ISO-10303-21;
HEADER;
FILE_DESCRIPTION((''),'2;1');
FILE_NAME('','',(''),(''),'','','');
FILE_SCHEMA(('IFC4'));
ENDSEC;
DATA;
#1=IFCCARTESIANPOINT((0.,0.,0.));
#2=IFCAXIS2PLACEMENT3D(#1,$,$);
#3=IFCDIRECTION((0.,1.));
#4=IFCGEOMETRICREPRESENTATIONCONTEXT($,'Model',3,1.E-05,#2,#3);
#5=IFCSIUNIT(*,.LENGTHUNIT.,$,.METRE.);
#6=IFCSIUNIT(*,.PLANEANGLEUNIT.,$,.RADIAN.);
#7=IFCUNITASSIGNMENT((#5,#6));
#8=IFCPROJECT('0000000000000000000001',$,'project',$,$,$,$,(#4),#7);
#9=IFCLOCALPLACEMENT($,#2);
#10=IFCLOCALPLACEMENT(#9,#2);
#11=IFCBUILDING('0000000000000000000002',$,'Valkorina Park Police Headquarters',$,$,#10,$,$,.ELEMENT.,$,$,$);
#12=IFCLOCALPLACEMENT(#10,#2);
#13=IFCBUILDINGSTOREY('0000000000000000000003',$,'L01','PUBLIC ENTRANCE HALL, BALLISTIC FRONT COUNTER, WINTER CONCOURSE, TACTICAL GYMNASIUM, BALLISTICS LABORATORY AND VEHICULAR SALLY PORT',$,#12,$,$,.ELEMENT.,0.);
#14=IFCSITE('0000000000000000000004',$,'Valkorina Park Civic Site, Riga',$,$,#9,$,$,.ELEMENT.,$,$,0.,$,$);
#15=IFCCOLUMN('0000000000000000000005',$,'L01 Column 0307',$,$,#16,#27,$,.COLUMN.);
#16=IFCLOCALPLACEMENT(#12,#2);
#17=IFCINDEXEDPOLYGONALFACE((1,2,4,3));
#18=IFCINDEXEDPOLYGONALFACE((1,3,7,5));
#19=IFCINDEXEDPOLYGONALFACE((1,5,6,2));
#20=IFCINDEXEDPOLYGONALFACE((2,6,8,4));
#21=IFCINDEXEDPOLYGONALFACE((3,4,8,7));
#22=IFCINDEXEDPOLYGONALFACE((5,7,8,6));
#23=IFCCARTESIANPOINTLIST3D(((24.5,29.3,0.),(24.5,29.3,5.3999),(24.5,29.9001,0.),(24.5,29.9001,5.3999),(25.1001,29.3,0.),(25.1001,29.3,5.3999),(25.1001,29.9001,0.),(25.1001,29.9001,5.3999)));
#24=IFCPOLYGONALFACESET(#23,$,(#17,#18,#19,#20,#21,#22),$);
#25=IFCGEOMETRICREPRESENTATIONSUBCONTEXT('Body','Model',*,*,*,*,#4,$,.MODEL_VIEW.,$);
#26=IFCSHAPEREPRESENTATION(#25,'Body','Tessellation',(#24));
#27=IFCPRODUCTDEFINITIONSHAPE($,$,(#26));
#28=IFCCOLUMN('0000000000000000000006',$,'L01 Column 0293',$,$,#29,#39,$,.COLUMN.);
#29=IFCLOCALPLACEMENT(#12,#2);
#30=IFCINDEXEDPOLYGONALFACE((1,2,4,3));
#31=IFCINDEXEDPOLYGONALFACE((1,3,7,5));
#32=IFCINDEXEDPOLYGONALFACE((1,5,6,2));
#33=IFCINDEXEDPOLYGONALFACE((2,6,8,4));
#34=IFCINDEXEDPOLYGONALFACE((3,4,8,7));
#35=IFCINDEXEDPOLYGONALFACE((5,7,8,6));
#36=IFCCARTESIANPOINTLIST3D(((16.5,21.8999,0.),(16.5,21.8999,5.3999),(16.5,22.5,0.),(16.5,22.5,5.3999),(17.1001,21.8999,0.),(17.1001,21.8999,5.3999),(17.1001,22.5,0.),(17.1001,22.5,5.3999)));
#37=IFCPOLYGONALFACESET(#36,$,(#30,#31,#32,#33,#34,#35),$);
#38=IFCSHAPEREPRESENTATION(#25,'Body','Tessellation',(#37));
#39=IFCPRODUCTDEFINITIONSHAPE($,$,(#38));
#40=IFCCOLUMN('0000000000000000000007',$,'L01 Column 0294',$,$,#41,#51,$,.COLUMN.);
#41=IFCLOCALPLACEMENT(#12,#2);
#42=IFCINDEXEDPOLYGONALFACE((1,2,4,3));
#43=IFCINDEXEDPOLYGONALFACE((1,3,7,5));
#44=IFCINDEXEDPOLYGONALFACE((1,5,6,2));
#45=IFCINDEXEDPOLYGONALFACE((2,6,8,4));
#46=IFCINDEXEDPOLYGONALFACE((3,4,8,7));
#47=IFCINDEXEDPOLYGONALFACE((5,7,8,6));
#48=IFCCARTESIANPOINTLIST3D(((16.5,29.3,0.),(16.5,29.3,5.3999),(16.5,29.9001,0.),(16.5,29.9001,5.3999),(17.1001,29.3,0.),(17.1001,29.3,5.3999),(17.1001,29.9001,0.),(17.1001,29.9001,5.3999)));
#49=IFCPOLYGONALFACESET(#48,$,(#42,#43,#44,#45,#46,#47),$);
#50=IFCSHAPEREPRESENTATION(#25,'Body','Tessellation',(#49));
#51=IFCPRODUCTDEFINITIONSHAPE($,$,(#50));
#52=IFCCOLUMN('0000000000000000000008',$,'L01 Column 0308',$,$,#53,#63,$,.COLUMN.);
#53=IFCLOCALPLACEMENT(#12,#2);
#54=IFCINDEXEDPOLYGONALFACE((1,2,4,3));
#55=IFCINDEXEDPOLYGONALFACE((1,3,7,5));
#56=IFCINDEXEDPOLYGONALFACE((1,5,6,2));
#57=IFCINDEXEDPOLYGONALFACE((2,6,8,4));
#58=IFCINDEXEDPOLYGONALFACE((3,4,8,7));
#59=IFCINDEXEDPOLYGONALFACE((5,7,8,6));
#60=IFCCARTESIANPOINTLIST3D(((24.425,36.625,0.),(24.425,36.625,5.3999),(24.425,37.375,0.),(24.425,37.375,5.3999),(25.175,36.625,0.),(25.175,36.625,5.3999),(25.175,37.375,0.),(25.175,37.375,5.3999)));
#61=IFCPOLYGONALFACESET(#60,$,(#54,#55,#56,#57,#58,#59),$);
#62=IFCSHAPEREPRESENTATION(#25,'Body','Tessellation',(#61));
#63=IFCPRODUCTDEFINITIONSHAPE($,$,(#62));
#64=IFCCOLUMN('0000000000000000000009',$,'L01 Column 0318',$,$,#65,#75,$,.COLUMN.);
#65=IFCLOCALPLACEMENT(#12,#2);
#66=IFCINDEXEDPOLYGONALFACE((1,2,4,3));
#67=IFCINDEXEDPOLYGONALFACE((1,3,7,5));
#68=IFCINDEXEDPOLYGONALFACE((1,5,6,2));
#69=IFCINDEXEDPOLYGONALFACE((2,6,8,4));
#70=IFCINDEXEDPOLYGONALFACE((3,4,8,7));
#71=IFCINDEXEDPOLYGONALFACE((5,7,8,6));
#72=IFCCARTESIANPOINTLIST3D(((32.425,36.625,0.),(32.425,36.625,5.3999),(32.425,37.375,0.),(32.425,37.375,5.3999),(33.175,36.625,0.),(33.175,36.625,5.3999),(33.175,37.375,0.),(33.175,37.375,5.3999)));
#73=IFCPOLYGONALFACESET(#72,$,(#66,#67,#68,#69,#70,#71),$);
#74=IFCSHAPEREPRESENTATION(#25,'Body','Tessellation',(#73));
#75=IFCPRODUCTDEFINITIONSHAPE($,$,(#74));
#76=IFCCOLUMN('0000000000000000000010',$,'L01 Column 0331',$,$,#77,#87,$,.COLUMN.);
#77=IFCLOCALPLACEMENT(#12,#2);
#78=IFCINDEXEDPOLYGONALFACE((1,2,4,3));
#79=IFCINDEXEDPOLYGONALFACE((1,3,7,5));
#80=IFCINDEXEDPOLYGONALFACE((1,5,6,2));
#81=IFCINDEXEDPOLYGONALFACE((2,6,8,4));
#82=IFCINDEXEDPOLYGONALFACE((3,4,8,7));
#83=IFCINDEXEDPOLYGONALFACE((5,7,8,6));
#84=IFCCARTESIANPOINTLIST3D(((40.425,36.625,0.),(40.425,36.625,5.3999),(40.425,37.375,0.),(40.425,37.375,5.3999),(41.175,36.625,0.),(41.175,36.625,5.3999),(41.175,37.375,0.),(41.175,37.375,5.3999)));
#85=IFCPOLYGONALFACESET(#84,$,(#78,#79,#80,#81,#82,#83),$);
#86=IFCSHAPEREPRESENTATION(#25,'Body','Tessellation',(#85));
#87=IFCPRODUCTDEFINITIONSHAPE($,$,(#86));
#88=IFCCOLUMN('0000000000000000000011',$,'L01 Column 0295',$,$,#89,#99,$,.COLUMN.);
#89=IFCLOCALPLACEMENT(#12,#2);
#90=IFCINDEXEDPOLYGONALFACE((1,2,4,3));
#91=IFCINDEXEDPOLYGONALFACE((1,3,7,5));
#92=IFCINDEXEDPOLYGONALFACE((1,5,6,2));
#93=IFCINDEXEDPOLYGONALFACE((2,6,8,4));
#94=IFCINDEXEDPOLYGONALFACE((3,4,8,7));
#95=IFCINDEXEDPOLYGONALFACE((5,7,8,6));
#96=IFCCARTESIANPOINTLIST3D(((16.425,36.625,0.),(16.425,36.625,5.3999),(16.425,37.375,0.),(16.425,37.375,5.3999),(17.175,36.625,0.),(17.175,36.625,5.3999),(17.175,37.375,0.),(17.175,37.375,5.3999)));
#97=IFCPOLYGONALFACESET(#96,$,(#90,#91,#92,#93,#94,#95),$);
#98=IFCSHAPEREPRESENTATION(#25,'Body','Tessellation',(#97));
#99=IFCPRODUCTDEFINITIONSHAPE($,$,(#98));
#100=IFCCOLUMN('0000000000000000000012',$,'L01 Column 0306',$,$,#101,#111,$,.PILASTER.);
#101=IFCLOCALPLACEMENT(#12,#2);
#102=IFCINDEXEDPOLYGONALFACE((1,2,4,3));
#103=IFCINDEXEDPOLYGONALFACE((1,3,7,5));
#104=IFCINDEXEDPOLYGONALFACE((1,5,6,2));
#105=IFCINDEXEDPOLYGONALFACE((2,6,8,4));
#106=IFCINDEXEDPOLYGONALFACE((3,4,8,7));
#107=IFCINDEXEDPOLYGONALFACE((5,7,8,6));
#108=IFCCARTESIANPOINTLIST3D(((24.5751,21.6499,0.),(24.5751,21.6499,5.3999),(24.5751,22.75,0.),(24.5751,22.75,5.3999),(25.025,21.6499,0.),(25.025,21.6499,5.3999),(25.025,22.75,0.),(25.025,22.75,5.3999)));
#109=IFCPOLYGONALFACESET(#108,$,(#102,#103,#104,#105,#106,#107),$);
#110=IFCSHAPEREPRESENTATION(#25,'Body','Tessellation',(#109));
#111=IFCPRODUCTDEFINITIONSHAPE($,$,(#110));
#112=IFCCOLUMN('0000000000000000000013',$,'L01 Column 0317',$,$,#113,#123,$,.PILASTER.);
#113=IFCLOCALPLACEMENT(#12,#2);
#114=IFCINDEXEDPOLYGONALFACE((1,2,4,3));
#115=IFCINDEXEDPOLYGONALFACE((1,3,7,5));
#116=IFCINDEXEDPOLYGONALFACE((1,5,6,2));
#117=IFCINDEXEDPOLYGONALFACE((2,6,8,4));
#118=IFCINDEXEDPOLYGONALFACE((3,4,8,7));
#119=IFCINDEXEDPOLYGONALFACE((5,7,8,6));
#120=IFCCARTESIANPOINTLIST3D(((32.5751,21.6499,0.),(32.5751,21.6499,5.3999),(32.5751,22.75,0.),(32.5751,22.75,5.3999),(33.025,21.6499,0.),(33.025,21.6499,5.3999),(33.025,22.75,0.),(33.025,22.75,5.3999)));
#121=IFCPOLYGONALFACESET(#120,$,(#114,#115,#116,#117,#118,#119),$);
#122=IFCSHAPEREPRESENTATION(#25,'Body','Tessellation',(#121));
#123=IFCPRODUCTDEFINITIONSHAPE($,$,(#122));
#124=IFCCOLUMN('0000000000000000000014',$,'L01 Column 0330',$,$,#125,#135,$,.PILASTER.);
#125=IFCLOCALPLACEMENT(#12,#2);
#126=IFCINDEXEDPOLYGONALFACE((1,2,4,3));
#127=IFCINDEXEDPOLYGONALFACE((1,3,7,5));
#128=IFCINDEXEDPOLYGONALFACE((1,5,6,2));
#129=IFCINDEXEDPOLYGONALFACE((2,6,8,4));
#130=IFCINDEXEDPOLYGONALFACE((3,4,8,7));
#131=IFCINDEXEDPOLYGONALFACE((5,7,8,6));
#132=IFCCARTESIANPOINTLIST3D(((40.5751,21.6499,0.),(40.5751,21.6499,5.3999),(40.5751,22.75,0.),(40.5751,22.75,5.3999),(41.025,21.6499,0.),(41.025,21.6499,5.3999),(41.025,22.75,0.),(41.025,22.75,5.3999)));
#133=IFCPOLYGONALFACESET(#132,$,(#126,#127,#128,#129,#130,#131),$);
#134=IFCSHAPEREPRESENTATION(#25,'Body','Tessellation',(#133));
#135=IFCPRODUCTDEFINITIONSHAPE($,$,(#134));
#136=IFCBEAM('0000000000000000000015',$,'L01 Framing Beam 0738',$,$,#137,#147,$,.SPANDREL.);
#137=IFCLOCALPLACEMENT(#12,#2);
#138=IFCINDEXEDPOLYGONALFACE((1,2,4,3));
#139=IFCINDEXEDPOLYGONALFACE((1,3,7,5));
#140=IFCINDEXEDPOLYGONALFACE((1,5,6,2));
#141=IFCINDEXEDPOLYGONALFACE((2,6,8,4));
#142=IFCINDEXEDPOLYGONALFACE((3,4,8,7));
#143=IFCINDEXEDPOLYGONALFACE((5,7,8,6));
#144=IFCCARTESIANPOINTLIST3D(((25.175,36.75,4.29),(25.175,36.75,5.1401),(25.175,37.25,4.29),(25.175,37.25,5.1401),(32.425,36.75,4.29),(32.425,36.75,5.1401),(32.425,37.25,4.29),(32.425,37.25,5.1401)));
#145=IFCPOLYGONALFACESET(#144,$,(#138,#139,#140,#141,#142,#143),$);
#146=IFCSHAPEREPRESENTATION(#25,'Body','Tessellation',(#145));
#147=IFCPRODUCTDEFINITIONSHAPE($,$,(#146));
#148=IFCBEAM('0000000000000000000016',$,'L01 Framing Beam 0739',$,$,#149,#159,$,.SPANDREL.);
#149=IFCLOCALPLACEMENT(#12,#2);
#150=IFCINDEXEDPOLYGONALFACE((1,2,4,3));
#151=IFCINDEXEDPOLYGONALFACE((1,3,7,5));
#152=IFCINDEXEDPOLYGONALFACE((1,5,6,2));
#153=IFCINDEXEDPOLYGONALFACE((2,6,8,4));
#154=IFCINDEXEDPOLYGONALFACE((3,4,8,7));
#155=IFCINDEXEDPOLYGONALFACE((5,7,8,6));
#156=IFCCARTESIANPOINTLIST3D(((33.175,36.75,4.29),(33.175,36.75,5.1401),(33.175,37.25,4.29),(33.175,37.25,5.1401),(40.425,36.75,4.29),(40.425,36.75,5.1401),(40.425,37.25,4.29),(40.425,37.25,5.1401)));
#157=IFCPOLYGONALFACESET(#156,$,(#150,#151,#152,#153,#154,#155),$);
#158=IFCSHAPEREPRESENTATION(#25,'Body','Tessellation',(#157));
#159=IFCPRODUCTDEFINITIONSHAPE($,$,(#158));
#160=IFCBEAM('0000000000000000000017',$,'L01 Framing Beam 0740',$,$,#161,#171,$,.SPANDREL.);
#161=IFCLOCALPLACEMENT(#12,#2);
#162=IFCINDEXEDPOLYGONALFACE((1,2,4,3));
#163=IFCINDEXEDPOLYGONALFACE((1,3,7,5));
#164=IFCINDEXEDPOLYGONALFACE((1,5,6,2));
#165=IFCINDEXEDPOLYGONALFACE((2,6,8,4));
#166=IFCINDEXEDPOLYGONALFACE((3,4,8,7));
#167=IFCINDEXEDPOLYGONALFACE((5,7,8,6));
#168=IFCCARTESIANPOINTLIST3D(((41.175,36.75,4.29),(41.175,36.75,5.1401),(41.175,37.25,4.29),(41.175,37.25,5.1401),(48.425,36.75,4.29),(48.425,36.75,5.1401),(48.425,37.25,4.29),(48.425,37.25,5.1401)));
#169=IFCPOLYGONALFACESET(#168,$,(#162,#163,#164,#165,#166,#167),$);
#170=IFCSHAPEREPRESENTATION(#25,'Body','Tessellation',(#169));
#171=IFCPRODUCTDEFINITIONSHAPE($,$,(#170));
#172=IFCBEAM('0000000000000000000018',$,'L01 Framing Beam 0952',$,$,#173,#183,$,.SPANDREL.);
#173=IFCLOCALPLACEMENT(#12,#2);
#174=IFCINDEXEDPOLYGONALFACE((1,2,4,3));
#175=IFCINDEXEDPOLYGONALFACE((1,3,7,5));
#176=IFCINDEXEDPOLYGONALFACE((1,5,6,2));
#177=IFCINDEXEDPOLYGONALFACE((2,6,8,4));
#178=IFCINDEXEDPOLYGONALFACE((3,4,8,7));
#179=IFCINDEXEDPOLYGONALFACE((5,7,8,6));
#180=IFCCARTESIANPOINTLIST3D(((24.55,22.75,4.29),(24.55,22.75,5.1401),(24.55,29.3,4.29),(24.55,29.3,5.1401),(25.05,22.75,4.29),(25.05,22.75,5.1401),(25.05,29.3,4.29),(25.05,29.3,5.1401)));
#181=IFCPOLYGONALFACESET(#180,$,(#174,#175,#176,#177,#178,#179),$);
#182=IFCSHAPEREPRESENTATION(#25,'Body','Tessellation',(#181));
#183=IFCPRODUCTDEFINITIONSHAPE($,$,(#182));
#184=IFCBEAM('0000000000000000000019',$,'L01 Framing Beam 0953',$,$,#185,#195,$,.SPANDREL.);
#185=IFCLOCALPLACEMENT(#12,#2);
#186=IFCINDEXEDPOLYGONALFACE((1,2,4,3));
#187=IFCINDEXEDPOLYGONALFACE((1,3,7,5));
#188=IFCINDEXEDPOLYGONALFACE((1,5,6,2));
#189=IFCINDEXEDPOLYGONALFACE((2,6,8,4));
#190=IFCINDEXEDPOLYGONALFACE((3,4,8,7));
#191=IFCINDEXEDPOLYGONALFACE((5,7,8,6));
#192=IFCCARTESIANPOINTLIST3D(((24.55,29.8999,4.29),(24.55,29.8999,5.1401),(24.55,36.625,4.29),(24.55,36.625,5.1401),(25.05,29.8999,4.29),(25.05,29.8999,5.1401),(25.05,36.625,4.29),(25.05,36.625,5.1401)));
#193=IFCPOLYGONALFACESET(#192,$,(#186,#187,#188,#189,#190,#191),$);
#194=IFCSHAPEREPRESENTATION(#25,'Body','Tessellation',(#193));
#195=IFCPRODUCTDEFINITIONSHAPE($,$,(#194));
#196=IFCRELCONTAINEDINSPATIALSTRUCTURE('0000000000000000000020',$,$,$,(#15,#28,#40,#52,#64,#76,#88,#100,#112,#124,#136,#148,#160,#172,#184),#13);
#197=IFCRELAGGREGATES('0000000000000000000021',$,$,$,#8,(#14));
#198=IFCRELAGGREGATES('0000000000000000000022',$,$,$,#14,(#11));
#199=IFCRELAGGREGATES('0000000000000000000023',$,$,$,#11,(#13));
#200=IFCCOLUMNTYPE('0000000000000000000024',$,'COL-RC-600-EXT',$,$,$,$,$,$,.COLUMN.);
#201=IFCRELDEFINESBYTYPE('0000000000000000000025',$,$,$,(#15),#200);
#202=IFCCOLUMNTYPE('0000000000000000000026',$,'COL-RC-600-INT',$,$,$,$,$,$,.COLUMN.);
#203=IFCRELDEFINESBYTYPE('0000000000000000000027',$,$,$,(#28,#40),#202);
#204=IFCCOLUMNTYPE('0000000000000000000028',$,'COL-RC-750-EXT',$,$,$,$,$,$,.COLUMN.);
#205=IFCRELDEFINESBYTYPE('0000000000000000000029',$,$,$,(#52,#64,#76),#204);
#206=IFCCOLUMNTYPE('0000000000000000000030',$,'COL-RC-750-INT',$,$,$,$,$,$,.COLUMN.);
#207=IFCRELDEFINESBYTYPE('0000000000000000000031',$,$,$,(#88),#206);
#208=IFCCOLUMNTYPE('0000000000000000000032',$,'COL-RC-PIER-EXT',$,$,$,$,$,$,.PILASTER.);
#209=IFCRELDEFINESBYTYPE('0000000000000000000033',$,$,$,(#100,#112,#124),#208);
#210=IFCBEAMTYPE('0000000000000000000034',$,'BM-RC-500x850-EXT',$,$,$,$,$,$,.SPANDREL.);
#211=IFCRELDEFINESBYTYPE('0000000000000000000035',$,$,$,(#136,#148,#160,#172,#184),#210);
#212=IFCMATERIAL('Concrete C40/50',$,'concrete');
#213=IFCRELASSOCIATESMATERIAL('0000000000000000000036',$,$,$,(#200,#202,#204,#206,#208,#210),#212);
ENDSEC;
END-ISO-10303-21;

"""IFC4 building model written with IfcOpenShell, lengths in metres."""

from ifc_helpers import new_model, si_unit, direction, frame, origin, origin_2d, place, context, subcontext, project, spatial, rectangle, extrude, material, material_profile, profile_set, type_object, element, save


model = new_model("IFC4")

# Units and contexts
model_context = context("Model", 3, precision=1e-05, world=origin(), true_north=direction((0.0, 1.0)))
body_context = subcontext(model_context, "Body", "Model", "MODEL_VIEW")
ifc_project = project(units=[si_unit("LENGTHUNIT", "METRE"), si_unit("PLANEANGLEUNIT", "RADIAN")], contexts=[model_context])

# Site, building, storey
site_placement = place(None, origin())
site = spatial("IfcSite", under=ifc_project, at=site_placement, Name="Valkorina Park Civic Site, Riga", CompositionType="ELEMENT", RefElevation=0.0)
building_placement = place(site_placement, origin())
building = spatial("IfcBuilding", under=site, at=building_placement, Name="Valkorina Park Police Headquarters", CompositionType="ELEMENT")
storey_placement = place(building_placement, origin())
storey = spatial("IfcBuildingStorey", under=building, at=storey_placement, Name="L01", Description="PUBLIC ENTRANCE HALL, BALLISTIC FRONT COUNTER, WINTER CONCOURSE, TACTICAL GYMNASIUM, BALLISTICS LABORATORY AND VEHICULAR SALLY PORT", CompositionType="ELEMENT", Elevation=0.0)

# Columns
ifc_material_1 = material(Name="Concrete C40/50", Category="concrete")
ifc_material_profile_1 = material_profile(ifc_material_1, rectangle(XDim=0.6001, YDim=0.6001, at=origin_2d()), Name="RC COL 600x600")
ifc_profile_set_1 = profile_set([ifc_material_profile_1], Name="Concrete C40/50")
column_type_1 = type_object("IfcColumnType", Name="COL-RC-600-EXT", PredefinedType="COLUMN", material=ifc_profile_set_1)
column_1_placement = place(storey_placement, frame((24.8, 29.6001, 0.0), z_axis=(0.0, 0.0, 1.0), x_axis=(1.0, 0.0, 0.0)))
element("IfcColumn", 1, at=column_1_placement, inside=storey, type_object=column_type_1, Name="L01 Column 0307", PredefinedType="COLUMN", context=body_context, shape_type="SweptSolid", body=[
    extrude(rectangle(XDim=0.6001, YDim=0.6001, at=origin_2d()), origin(), (0.0, 0.0, 1.0), 5.3999),
])
ifc_material_profile_2 = material_profile(ifc_material_1, rectangle(XDim=0.6001, YDim=0.6001, at=origin_2d()), Name="RC COL 600x600")
ifc_profile_set_2 = profile_set([ifc_material_profile_2], Name="Concrete C40/50")
column_type_2 = type_object("IfcColumnType", Name="COL-RC-600-INT", PredefinedType="COLUMN", material=ifc_profile_set_2)
for number, where, z_axis, x_axis, name in (
    (2, (16.8, 22.2, 0.0), (0.0, 0.0, 1.0), (1.0, 0.0, 0.0), "L01 Column 0293"),
    (3, (16.8, 29.6001, 0.0), (0.0, 0.0, 1.0), (1.0, 0.0, 0.0), "L01 Column 0294"),
):
    element("IfcColumn", number, at=place(storey_placement, frame(where, z_axis=z_axis, x_axis=x_axis)), inside=storey, type_object=column_type_2, Name=name, PredefinedType="COLUMN", context=body_context, shape_type="SweptSolid", body=[
        extrude(rectangle(XDim=0.6001, YDim=0.6001, at=origin_2d()), origin(), (0.0, 0.0, 1.0), 5.3999),
    ])
ifc_material_profile_3 = material_profile(ifc_material_1, rectangle(XDim=0.75, YDim=0.75, at=origin_2d()), Name="RC COL 750x750")
ifc_profile_set_3 = profile_set([ifc_material_profile_3], Name="Concrete C40/50")
column_type_3 = type_object("IfcColumnType", Name="COL-RC-750-EXT", PredefinedType="COLUMN", material=ifc_profile_set_3)
for number, where, z_axis, x_axis, name in (
    (4, (24.8, 37.0, 0.0), (0.0, 0.0, 1.0), (1.0, 0.0, 0.0), "L01 Column 0308"),
    (5, (32.8, 37.0, 0.0), (0.0, 0.0, 1.0), (1.0, 0.0, 0.0), "L01 Column 0318"),
    (6, (40.8, 37.0, 0.0), (0.0, 0.0, 1.0), (1.0, 0.0, 0.0), "L01 Column 0331"),
):
    element("IfcColumn", number, at=place(storey_placement, frame(where, z_axis=z_axis, x_axis=x_axis)), inside=storey, type_object=column_type_3, Name=name, PredefinedType="COLUMN", context=body_context, shape_type="SweptSolid", body=[
        extrude(rectangle(XDim=0.75, YDim=0.75, at=origin_2d()), origin(), (0.0, 0.0, 1.0), 5.3999),
    ])
ifc_material_profile_4 = material_profile(ifc_material_1, rectangle(XDim=0.75, YDim=0.75, at=origin_2d()), Name="RC COL 750x750")
ifc_profile_set_4 = profile_set([ifc_material_profile_4], Name="Concrete C40/50")
column_type_4 = type_object("IfcColumnType", Name="COL-RC-750-INT", PredefinedType="COLUMN", material=ifc_profile_set_4)
column_2_placement = place(storey_placement, frame((16.8, 37.0, 0.0), z_axis=(0.0, 0.0, 1.0), x_axis=(1.0, 0.0, 0.0)))
element("IfcColumn", 7, at=column_2_placement, inside=storey, type_object=column_type_4, Name="L01 Column 0295", PredefinedType="COLUMN", context=body_context, shape_type="SweptSolid", body=[
    extrude(rectangle(XDim=0.75, YDim=0.75, at=origin_2d()), origin(), (0.0, 0.0, 1.0), 5.3999),
])
ifc_material_profile_5 = material_profile(ifc_material_1, rectangle(XDim=0.45, YDim=1.1001, at=origin_2d()), Name="RC PIER 450x1100")
ifc_profile_set_5 = profile_set([ifc_material_profile_5], Name="Concrete C40/50")
column_type_5 = type_object("IfcColumnType", Name="COL-RC-PIER-EXT", PredefinedType="PILASTER", material=ifc_profile_set_5)
for number, where, z_axis, x_axis, name in (
    (8, (24.8, 22.2, 0.0), (0.0, 0.0, 1.0), (1.0, 0.0, 0.0), "L01 Column 0306"),
    (9, (32.8, 22.2, 0.0), (0.0, 0.0, 1.0), (1.0, 0.0, 0.0), "L01 Column 0317"),
    (10, (40.8, 22.2, 0.0), (0.0, 0.0, 1.0), (1.0, 0.0, 0.0), "L01 Column 0330"),
):
    element("IfcColumn", number, at=place(storey_placement, frame(where, z_axis=z_axis, x_axis=x_axis)), inside=storey, type_object=column_type_5, Name=name, PredefinedType="PILASTER", context=body_context, shape_type="SweptSolid", body=[
        extrude(rectangle(XDim=0.45, YDim=1.1001, at=origin_2d()), origin(), (0.0, 0.0, 1.0), 5.3999),
    ])

# Beams
ifc_material_profile_6 = material_profile(ifc_material_1, rectangle(XDim=0.5, YDim=0.8501, at=origin_2d()), Name="RC BEAM 500x850")
ifc_profile_set_6 = profile_set([ifc_material_profile_6], Name="Concrete C40/50")
beam_type_1 = type_object("IfcBeamType", Name="BM-RC-500x850-EXT", PredefinedType="SPANDREL", material=ifc_profile_set_6)
for number, where, z_axis, x_axis, name in (
    (11, (25.175, 37.0, 4.7151), (1.0, 0.0, 0.0), (0.0, 1.0, 0.0), "L01 Framing Beam 0738"),
    (12, (33.175, 37.0, 4.7151), (1.0, 0.0, 0.0), (0.0, 1.0, 0.0), "L01 Framing Beam 0739"),
    (13, (41.175, 37.0, 4.7151), (1.0, 0.0, 0.0), (0.0, 1.0, 0.0), "L01 Framing Beam 0740"),
):
    element("IfcBeam", number, at=place(storey_placement, frame(where, z_axis=z_axis, x_axis=x_axis)), inside=storey, type_object=beam_type_1, Name=name, PredefinedType="SPANDREL", context=body_context, shape_type="SweptSolid", body=[
        extrude(rectangle(XDim=0.5, YDim=0.8501, at=origin_2d()), origin(), (0.0, 0.0, 1.0), 7.25),
    ])
beam_1_placement = place(storey_placement, frame((24.8, 22.75, 4.7151), z_axis=(0.0, 1.0, 0.0), x_axis=(-1.0, 0.0, 0.0)))
element("IfcBeam", 14, at=beam_1_placement, inside=storey, type_object=beam_type_1, Name="L01 Framing Beam 0952", PredefinedType="SPANDREL", context=body_context, shape_type="SweptSolid", body=[
    extrude(rectangle(XDim=0.5, YDim=0.8501, at=origin_2d()), origin(), (0.0, 0.0, 1.0), 6.55),
])
beam_2_placement = place(storey_placement, frame((24.8, 29.8999, 4.7151), z_axis=(0.0, 1.0, 0.0), x_axis=(-1.0, 0.0, 0.0)))
element("IfcBeam", 15, at=beam_2_placement, inside=storey, type_object=beam_type_1, Name="L01 Framing Beam 0953", PredefinedType="SPANDREL", context=body_context, shape_type="SweptSolid", body=[
    extrude(rectangle(XDim=0.5, YDim=0.8501, at=origin_2d()), origin(), (0.0, 0.0, 1.0), 6.7251),
])

save(model, "model.ifc")
